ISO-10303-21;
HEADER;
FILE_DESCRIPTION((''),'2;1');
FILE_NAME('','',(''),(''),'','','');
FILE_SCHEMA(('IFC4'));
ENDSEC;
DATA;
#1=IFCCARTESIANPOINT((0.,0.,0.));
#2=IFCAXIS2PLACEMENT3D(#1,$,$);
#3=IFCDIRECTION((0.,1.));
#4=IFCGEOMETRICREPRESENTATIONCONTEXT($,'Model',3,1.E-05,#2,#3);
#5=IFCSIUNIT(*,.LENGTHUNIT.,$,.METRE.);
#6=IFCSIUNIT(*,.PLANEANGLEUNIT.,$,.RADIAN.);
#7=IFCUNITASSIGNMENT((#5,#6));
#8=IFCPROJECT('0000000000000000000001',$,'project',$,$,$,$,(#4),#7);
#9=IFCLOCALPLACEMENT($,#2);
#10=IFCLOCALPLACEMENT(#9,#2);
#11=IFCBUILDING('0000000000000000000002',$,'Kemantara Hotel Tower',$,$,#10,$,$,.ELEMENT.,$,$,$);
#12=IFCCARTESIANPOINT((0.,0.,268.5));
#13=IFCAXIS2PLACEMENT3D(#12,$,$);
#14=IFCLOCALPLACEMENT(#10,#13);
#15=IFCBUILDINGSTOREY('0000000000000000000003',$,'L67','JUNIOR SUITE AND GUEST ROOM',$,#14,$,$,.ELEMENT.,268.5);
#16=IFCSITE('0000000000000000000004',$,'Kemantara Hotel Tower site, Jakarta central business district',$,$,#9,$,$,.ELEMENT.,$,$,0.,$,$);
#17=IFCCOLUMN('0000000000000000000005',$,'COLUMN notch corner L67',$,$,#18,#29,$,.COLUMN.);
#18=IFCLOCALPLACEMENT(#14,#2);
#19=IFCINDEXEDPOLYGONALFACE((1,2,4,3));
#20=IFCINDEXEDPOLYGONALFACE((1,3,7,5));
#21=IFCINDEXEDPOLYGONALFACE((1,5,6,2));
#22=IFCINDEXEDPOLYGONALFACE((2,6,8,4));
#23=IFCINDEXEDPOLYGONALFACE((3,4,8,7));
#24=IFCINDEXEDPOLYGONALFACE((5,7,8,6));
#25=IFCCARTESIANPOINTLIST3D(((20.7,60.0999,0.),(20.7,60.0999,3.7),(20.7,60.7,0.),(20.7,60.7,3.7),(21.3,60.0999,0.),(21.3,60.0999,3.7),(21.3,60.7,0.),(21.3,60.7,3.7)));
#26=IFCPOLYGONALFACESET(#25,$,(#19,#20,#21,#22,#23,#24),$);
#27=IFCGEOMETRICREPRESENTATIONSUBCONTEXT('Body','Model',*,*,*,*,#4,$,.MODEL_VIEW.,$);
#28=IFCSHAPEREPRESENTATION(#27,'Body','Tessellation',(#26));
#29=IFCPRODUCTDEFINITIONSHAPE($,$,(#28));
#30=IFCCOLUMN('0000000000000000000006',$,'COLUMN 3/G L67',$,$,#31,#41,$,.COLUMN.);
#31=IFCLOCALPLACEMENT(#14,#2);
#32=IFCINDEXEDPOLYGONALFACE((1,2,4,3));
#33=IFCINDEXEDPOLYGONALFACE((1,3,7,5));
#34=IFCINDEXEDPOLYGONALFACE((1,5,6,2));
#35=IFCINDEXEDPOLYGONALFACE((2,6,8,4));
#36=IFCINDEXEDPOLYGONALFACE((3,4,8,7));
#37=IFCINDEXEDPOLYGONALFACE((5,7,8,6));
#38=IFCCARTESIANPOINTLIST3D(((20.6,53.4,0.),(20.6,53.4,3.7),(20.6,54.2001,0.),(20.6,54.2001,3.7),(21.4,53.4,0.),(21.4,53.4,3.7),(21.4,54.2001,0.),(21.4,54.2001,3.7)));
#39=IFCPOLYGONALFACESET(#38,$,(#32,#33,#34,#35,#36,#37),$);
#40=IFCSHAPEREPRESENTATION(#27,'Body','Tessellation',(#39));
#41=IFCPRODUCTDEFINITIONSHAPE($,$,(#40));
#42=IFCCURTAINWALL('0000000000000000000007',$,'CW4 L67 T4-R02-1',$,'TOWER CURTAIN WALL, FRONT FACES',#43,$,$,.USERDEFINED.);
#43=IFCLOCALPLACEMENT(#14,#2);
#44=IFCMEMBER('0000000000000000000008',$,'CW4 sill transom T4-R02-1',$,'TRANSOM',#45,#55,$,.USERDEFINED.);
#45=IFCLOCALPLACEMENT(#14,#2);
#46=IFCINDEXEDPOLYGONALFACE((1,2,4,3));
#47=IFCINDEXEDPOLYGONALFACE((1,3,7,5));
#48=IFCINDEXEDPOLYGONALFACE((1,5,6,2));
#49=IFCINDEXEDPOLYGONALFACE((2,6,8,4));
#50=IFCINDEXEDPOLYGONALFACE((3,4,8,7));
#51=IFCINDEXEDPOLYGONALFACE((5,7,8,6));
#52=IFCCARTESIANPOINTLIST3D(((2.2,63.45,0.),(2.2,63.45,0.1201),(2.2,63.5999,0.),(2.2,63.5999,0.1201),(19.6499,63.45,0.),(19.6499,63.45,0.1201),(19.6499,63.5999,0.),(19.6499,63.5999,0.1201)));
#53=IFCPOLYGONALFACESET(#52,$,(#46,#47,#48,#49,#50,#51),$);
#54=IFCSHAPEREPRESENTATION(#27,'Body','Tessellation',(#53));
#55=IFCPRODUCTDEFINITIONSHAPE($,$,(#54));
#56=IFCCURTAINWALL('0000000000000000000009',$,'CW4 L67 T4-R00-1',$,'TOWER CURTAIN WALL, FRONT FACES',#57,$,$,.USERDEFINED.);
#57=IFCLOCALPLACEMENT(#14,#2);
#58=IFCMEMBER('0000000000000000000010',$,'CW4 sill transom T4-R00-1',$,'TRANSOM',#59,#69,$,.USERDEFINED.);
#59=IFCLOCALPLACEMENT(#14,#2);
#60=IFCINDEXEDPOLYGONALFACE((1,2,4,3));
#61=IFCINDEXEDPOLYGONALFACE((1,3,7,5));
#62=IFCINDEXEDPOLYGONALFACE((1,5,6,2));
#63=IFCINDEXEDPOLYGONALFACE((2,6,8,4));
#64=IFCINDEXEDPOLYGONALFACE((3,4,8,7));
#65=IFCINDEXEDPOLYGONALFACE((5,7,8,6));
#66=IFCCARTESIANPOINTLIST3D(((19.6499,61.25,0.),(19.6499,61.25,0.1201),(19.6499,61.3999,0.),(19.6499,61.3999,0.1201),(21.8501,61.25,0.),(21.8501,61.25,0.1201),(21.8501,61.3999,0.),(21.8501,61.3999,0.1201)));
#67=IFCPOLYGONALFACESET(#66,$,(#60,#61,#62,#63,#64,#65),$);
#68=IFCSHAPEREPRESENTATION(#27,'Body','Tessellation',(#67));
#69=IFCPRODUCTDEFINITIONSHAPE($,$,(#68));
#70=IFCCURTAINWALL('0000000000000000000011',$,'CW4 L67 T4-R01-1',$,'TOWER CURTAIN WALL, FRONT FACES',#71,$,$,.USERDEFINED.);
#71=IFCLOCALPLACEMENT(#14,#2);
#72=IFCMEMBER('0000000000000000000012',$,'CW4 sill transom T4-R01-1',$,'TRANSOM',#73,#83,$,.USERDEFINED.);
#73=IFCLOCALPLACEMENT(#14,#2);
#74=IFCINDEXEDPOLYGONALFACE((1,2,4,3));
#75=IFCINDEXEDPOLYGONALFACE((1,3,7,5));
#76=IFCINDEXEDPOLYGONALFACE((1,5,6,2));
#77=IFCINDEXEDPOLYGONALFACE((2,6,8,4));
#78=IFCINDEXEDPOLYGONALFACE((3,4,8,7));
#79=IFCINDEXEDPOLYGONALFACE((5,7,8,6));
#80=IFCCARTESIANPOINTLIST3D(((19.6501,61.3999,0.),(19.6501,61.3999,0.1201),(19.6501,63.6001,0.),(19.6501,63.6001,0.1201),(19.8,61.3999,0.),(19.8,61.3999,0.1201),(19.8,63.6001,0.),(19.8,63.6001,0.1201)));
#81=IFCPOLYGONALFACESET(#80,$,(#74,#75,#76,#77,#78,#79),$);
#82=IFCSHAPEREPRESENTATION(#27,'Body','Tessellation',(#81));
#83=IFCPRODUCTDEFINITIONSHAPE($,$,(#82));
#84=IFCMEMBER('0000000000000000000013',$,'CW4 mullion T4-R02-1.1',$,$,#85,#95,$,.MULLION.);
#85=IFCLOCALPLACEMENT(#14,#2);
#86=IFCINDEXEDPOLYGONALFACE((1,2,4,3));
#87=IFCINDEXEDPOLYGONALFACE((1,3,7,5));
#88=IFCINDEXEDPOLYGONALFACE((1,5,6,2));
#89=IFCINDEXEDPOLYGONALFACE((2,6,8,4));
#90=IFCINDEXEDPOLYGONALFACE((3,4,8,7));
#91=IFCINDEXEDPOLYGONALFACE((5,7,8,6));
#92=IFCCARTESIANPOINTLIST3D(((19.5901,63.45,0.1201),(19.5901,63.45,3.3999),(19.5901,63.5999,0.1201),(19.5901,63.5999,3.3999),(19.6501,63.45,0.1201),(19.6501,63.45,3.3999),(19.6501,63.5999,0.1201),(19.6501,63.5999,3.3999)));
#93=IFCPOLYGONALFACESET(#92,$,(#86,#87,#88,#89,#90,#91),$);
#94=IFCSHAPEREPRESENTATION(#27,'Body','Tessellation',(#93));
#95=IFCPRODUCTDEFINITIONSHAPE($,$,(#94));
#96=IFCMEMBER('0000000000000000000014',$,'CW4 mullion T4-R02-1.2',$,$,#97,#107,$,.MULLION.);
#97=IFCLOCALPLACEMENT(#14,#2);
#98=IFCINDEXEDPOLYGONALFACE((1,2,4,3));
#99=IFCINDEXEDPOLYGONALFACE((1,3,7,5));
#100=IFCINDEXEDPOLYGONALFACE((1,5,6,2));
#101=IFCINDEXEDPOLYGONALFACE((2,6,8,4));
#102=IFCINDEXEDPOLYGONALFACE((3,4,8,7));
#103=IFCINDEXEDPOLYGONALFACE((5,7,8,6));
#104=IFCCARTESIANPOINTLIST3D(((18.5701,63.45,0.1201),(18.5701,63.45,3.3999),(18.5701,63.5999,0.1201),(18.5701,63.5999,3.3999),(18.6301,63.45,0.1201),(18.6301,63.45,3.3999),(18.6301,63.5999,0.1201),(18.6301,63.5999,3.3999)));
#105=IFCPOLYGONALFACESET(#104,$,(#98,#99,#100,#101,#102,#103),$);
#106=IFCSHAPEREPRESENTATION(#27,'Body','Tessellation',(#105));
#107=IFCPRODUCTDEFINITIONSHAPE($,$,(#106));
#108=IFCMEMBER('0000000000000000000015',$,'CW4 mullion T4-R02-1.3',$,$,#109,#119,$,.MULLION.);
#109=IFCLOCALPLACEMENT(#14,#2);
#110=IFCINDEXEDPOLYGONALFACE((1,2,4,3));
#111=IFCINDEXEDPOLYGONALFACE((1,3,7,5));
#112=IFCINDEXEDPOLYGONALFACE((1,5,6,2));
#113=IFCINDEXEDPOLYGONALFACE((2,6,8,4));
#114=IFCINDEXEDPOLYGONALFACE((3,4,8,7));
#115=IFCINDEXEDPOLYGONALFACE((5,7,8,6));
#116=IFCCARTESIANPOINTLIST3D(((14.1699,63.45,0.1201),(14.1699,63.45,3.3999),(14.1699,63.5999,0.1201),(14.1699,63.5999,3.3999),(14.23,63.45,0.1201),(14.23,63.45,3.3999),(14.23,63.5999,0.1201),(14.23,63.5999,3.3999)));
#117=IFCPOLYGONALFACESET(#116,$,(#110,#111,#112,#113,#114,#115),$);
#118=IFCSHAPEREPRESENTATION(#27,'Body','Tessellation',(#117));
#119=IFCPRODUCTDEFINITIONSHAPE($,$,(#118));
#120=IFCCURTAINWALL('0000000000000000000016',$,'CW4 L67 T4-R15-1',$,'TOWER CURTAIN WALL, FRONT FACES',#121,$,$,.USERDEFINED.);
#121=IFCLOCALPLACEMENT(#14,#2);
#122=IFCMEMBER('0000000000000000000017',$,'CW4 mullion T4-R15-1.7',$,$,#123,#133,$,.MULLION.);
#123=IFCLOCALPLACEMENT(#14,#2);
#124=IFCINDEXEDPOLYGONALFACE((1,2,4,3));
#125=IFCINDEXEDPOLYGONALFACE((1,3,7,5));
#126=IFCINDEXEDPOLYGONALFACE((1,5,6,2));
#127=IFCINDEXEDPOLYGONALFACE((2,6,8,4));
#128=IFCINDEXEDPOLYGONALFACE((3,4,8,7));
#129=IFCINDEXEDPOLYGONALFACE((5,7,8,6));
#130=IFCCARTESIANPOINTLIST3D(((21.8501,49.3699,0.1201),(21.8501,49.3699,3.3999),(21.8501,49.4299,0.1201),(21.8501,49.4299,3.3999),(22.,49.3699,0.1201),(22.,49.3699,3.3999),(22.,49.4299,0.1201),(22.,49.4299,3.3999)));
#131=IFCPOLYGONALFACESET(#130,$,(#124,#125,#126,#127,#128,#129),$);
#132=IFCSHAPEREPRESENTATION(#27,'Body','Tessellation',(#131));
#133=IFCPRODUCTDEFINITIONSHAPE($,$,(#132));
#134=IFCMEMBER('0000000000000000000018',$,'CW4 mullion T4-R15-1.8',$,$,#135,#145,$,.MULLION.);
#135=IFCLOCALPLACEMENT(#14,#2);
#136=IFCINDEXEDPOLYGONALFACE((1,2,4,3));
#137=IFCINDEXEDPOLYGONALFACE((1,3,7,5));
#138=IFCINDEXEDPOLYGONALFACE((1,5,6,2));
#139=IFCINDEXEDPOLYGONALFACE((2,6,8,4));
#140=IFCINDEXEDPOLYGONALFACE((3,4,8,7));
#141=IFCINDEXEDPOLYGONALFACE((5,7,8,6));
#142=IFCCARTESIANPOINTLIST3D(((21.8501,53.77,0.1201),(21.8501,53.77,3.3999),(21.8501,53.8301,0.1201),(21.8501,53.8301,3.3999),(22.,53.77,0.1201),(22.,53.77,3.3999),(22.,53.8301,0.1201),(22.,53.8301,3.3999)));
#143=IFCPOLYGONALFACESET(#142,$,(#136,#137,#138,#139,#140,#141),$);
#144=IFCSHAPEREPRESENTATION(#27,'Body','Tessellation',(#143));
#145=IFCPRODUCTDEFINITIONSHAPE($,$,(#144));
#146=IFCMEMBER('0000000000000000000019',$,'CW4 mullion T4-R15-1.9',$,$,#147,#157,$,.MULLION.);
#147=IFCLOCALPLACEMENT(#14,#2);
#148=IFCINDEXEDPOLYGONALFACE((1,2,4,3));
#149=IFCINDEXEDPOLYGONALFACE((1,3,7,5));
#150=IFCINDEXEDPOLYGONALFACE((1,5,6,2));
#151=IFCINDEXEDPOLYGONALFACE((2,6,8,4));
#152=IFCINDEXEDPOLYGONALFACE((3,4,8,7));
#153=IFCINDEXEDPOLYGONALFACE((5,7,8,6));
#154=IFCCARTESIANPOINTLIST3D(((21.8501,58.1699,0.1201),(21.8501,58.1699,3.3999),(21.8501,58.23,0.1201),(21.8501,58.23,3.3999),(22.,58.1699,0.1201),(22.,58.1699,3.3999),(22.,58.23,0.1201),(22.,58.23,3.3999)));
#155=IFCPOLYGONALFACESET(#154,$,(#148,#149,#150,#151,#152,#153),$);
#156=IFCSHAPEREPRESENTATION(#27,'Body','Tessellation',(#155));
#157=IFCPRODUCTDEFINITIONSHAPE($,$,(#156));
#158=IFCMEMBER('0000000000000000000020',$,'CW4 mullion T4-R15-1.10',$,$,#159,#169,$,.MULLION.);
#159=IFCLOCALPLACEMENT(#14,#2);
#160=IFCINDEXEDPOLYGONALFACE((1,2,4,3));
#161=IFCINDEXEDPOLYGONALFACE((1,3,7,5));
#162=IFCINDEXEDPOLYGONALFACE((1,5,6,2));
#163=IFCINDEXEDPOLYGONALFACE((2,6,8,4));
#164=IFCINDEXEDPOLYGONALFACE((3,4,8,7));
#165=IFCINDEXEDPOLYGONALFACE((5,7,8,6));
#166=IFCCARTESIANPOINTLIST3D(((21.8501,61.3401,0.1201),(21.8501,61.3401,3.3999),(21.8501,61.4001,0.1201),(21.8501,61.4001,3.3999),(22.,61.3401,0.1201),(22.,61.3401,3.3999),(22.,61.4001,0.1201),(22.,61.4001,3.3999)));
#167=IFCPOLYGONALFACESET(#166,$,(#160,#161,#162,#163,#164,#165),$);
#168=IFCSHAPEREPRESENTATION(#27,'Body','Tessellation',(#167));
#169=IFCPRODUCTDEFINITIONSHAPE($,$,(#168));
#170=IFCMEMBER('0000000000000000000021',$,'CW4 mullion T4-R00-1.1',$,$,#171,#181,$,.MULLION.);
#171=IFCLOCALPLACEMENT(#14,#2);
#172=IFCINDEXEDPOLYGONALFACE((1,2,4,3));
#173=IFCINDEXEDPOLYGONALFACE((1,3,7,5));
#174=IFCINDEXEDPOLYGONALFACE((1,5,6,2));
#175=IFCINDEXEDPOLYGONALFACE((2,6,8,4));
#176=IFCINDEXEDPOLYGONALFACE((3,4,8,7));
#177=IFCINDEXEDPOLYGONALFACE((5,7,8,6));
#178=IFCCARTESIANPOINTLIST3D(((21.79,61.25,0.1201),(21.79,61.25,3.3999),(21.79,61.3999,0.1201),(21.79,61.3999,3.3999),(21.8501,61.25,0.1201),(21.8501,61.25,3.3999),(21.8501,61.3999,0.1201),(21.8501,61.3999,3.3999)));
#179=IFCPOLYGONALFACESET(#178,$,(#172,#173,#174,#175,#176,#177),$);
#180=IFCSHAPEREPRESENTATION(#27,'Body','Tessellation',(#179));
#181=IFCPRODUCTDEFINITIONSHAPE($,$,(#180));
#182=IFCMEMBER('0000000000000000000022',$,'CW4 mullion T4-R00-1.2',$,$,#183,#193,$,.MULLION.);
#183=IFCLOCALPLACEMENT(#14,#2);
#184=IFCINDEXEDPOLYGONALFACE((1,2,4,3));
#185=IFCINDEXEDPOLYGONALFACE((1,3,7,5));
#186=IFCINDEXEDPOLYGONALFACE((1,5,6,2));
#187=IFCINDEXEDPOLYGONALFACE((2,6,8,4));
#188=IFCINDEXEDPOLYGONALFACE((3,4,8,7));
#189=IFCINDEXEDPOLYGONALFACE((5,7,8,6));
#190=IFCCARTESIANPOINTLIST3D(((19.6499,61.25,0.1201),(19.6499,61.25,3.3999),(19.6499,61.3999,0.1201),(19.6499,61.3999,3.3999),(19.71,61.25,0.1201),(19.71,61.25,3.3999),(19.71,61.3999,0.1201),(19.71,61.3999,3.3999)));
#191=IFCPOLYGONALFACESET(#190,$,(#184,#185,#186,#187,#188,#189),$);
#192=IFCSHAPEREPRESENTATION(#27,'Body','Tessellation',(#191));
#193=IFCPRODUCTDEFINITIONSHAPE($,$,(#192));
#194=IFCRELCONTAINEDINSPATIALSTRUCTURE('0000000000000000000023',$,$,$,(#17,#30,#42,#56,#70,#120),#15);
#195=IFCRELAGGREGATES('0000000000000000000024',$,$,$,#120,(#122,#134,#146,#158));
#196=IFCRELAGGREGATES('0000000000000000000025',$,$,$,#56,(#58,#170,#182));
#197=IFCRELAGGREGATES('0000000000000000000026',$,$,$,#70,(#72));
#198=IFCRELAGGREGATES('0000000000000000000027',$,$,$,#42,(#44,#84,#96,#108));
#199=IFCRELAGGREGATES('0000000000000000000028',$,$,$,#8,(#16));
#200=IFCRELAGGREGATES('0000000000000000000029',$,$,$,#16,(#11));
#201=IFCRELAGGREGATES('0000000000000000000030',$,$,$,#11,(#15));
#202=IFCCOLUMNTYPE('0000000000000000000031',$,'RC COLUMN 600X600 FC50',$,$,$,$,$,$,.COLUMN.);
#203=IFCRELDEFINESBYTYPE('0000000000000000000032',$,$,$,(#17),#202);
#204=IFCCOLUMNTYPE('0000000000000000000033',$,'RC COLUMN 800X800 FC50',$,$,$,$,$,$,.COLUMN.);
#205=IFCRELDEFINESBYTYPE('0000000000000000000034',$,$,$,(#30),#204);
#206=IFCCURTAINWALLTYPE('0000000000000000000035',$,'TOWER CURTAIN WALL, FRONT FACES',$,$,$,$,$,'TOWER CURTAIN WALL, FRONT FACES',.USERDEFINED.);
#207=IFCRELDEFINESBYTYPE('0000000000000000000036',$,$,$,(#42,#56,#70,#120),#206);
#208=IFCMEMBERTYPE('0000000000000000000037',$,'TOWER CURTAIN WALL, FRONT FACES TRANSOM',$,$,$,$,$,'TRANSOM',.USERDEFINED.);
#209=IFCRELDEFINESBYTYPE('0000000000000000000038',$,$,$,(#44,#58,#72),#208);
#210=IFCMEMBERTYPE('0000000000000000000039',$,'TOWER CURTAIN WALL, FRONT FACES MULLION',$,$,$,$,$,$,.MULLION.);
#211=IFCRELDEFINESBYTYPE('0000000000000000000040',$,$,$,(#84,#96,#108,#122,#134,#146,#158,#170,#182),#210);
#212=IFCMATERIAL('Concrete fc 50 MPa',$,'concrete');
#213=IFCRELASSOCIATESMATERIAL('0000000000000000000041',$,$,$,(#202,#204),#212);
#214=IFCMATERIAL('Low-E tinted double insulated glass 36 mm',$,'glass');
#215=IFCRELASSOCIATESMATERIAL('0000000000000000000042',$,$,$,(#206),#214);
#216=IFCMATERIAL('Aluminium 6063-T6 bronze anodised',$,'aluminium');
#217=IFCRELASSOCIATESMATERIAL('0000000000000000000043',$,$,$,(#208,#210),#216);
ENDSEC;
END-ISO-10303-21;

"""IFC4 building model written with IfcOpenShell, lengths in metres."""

from ifc_helpers import new_model, si_unit, direction, frame, origin, origin_2d, place, context, subcontext, project, spatial, rectangle, extrude, source, transform, mapped, material, material_profile, profile_set, type_object, element, aggregate, save


model = new_model("IFC4")

# Units and contexts
model_context = context("Model", 3, precision=1e-05, world=origin(), true_north=direction((0.0, 1.0)))
body_context = subcontext(model_context, "Body", "Model", "MODEL_VIEW")
ifc_project = project(units=[si_unit("LENGTHUNIT", "METRE"), si_unit("PLANEANGLEUNIT", "RADIAN")], contexts=[model_context])

# Site, building, storey
site_placement = place(None, origin())
site = spatial("IfcSite", under=ifc_project, at=site_placement, Name="Kemantara Hotel Tower site, Jakarta central business district", CompositionType="ELEMENT", RefElevation=0.0)
building_placement = place(site_placement, origin())
building = spatial("IfcBuilding", under=site, at=building_placement, Name="Kemantara Hotel Tower", CompositionType="ELEMENT")
storey_placement = place(building_placement, frame((0.0, 0.0, 268.5)))
storey = spatial("IfcBuildingStorey", under=building, at=storey_placement, Name="L67", Description="JUNIOR SUITE AND GUEST ROOM", CompositionType="ELEMENT", Elevation=268.5)

# Columns
ifc_material_1 = material(Name="Concrete fc 50 MPa", Category="concrete")
ifc_material_profile_1 = material_profile(ifc_material_1, rectangle(XDim=0.6001, YDim=0.6001, at=origin_2d()), Name="RC 600X600")
ifc_profile_set_1 = profile_set([ifc_material_profile_1], Name="Concrete fc 50 MPa")
column_type_1 = type_object("IfcColumnType", Name="RC COLUMN 600X600 FC50", PredefinedType="COLUMN", material=ifc_profile_set_1)
column_1_placement = place(storey_placement, frame((21.0, 60.3999, 0.0), z_axis=(0.0, 0.0, 1.0), x_axis=(1.0, 0.0, 0.0)))
element("IfcColumn", 1, at=column_1_placement, inside=storey, type_object=column_type_1, Name="COLUMN notch corner L67", PredefinedType="COLUMN", context=body_context, shape_type="SweptSolid", body=[
    extrude(rectangle(XDim=0.6001, YDim=0.6001, at=origin_2d()), origin(), (0.0, 0.0, 1.0), 3.7),
])
ifc_material_profile_2 = material_profile(ifc_material_1, rectangle(XDim=0.8, YDim=0.8, at=origin_2d()), Name="RC 800X800")
ifc_profile_set_2 = profile_set([ifc_material_profile_2], Name="Concrete fc 50 MPa")
column_type_2 = type_object("IfcColumnType", Name="RC COLUMN 800X800 FC50", PredefinedType="COLUMN", material=ifc_profile_set_2)
column_2_placement = place(storey_placement, frame((21.0, 53.8, 0.0), z_axis=(0.0, 0.0, 1.0), x_axis=(1.0, 0.0, 0.0)))
element("IfcColumn", 2, at=column_2_placement, inside=storey, type_object=column_type_2, Name="COLUMN 3/G L67", PredefinedType="COLUMN", context=body_context, shape_type="SweptSolid", body=[
    extrude(rectangle(XDim=0.8, YDim=0.8, at=origin_2d()), origin(), (0.0, 0.0, 1.0), 3.7),
])

# Curtain walls, members
ifc_material_2 = material(Name="Low-E tinted double insulated glass 36 mm", Category="glass")
curtain_wall_type = type_object("IfcCurtainWallType", Name="TOWER CURTAIN WALL, FRONT FACES", ElementType="TOWER CURTAIN WALL, FRONT FACES", PredefinedType="USERDEFINED", material=ifc_material_2)
curtain_wall_1_placement = place(storey_placement, origin())
curtain_wall_1 = element("IfcCurtainWall", 3, at=curtain_wall_1_placement, inside=storey, type_object=curtain_wall_type, Name="CW4 L67 T4-R02-1", ObjectType="TOWER CURTAIN WALL, FRONT FACES", PredefinedType="USERDEFINED")
ifc_material_3 = material(Name="Aluminium 6063-T6 bronze anodised", Category="aluminium")
ifc_material_profile_3 = material_profile(ifc_material_3, rectangle(XDim=0.1499, YDim=0.1201, at=origin_2d()), Name="TOWER CURTAIN WALL, FRONT FACES TRANSOM")
ifc_profile_set_3 = profile_set([ifc_material_profile_3], Name="Aluminium 6063-T6 bronze anodised")
member_type_1 = type_object("IfcMemberType", Name="TOWER CURTAIN WALL, FRONT FACES TRANSOM", ElementType="TRANSOM", PredefinedType="USERDEFINED", material=ifc_profile_set_3)
member_1_placement = place(storey_placement, frame((19.6499, 63.5249, 0.0601), z_axis=(-1.0, 0.0, 0.0), x_axis=(0.0, -1.0, 0.0)))
member_1 = element("IfcMember", 4, at=member_1_placement, type_object=member_type_1, Name="CW4 sill transom T4-R02-1", ObjectType="TRANSOM", PredefinedType="USERDEFINED", context=body_context, shape_type="SweptSolid", body=[
    extrude(rectangle(XDim=0.1499, YDim=0.1201, at=origin_2d()), origin(), (0.0, 0.0, 1.0), 17.45),
])
curtain_wall_2_placement = place(storey_placement, origin())
curtain_wall_2 = element("IfcCurtainWall", 5, at=curtain_wall_2_placement, inside=storey, type_object=curtain_wall_type, Name="CW4 L67 T4-R00-1", ObjectType="TOWER CURTAIN WALL, FRONT FACES", PredefinedType="USERDEFINED")
member_2_placement = place(storey_placement, frame((21.8501, 61.325, 0.0601), z_axis=(-1.0, 0.0, 0.0), x_axis=(0.0, -1.0, 0.0)))
member_2 = element("IfcMember", 6, at=member_2_placement, type_object=member_type_1, Name="CW4 sill transom T4-R00-1", ObjectType="TRANSOM", PredefinedType="USERDEFINED", context=body_context, shape_type="SweptSolid", body=[
    extrude(rectangle(XDim=0.1499, YDim=0.1201, at=origin_2d()), origin(), (0.0, 0.0, 1.0), 2.2002),
])
curtain_wall_3_placement = place(storey_placement, origin())
curtain_wall_3 = element("IfcCurtainWall", 7, at=curtain_wall_3_placement, inside=storey, type_object=curtain_wall_type, Name="CW4 L67 T4-R01-1", ObjectType="TOWER CURTAIN WALL, FRONT FACES", PredefinedType="USERDEFINED")
member_3_placement = place(storey_placement, frame((19.7251, 61.3999, 0.0601), z_axis=(0.0, 1.0, 0.0), x_axis=(-1.0, 0.0, 0.0)))
member_3 = element("IfcMember", 8, at=member_3_placement, type_object=member_type_1, Name="CW4 sill transom T4-R01-1", ObjectType="TRANSOM", PredefinedType="USERDEFINED", context=body_context, shape_type="SweptSolid", body=[
    extrude(rectangle(XDim=0.1499, YDim=0.1201, at=origin_2d()), origin(), (0.0, 0.0, 1.0), 2.2002),
])

# Members
ifc_material_profile_4 = material_profile(ifc_material_3, rectangle(XDim=0.1499, YDim=0.0601, at=origin_2d()), Name="TOWER CURTAIN WALL, FRONT FACES MULLION")
ifc_profile_set_4 = profile_set([ifc_material_profile_4], Name="Aluminium 6063-T6 bronze anodised")
member_type_2 = type_object("IfcMemberType", Name="TOWER CURTAIN WALL, FRONT FACES MULLION", PredefinedType="MULLION", material=ifc_profile_set_4)
shared_shape_1 = source(origin(), body_context, "Body", "SweptSolid", [
    extrude(rectangle(XDim=0.1499, YDim=0.0601, at=origin_2d()), origin(), (0.0, 0.0, 1.0), 3.2798),
])
member_4_placement = place(storey_placement, frame((19.6201, 63.5249, 0.1201), z_axis=(0.0, 0.0, 1.0), x_axis=(0.0, -1.0, 0.0)))
member_4 = element("IfcMember", 9, at=member_4_placement, type_object=member_type_2, Name="CW4 mullion T4-R02-1.1", PredefinedType="MULLION", context=body_context, shape_type="MappedRepresentation", body=[
    mapped(shared_shape_1, transform((0.0, 0.0, 0.0))),
])
member_5_placement = place(storey_placement, frame((18.6001, 63.5249, 0.1201), z_axis=(0.0, 0.0, 1.0), x_axis=(0.0, -1.0, 0.0)))
member_5 = element("IfcMember", 10, at=member_5_placement, type_object=member_type_2, Name="CW4 mullion T4-R02-1.2", PredefinedType="MULLION", context=body_context, shape_type="MappedRepresentation", body=[
    mapped(shared_shape_1, transform((0.0, 0.0, 0.0))),
])
member_6_placement = place(storey_placement, frame((14.2, 63.5249, 0.1201), z_axis=(0.0, 0.0, 1.0), x_axis=(0.0, -1.0, 0.0)))
member_6 = element("IfcMember", 11, at=member_6_placement, type_object=member_type_2, Name="CW4 mullion T4-R02-1.3", PredefinedType="MULLION", context=body_context, shape_type="MappedRepresentation", body=[
    mapped(shared_shape_1, transform((0.0, 0.0, 0.0))),
])

# Curtain wall, members
curtain_wall_4_placement = place(storey_placement, origin())
curtain_wall_4 = element("IfcCurtainWall", 12, at=curtain_wall_4_placement, inside=storey, type_object=curtain_wall_type, Name="CW4 L67 T4-R15-1", ObjectType="TOWER CURTAIN WALL, FRONT FACES", PredefinedType="USERDEFINED")
member_7_placement = place(storey_placement, frame((21.925, 49.3999, 0.1201), z_axis=(0.0, 0.0, 1.0), x_axis=(-1.0, 0.0, 0.0)))
member_7 = element("IfcMember", 13, at=member_7_placement, type_object=member_type_2, Name="CW4 mullion T4-R15-1.7", PredefinedType="MULLION", context=body_context, shape_type="MappedRepresentation", body=[
    mapped(shared_shape_1, transform((0.0, 0.0, 0.0))),
])
member_8_placement = place(storey_placement, frame((21.925, 53.8, 0.1201), z_axis=(0.0, 0.0, 1.0), x_axis=(-1.0, 0.0, 0.0)))
member_8 = element("IfcMember", 14, at=member_8_placement, type_object=member_type_2, Name="CW4 mullion T4-R15-1.8", PredefinedType="MULLION", context=body_context, shape_type="MappedRepresentation", body=[
    mapped(shared_shape_1, transform((0.0, 0.0, 0.0))),
])
member_9_placement = place(storey_placement, frame((21.925, 58.2, 0.1201), z_axis=(0.0, 0.0, 1.0), x_axis=(-1.0, 0.0, 0.0)))
member_9 = element("IfcMember", 15, at=member_9_placement, type_object=member_type_2, Name="CW4 mullion T4-R15-1.9", PredefinedType="MULLION", context=body_context, shape_type="MappedRepresentation", body=[
    mapped(shared_shape_1, transform((0.0, 0.0, 0.0))),
])
member_10_placement = place(storey_placement, frame((21.925, 61.3701, 0.1201), z_axis=(0.0, 0.0, 1.0), x_axis=(-1.0, 0.0, 0.0)))
member_10 = element("IfcMember", 16, at=member_10_placement, type_object=member_type_2, Name="CW4 mullion T4-R15-1.10", PredefinedType="MULLION", context=body_context, shape_type="MappedRepresentation", body=[
    mapped(shared_shape_1, transform((0.0, 0.0, 0.0))),
])

# Members
member_11_placement = place(storey_placement, frame((21.8201, 61.325, 0.1201), z_axis=(0.0, 0.0, 1.0), x_axis=(0.0, -1.0, 0.0)))
member_11 = element("IfcMember", 17, at=member_11_placement, type_object=member_type_2, Name="CW4 mullion T4-R00-1.1", PredefinedType="MULLION", context=body_context, shape_type="MappedRepresentation", body=[
    mapped(shared_shape_1, transform((0.0, 0.0, 0.0))),
])
member_12_placement = place(storey_placement, frame((19.6799, 61.325, 0.1201), z_axis=(0.0, 0.0, 1.0), x_axis=(0.0, -1.0, 0.0)))
member_12 = element("IfcMember", 18, at=member_12_placement, type_object=member_type_2, Name="CW4 mullion T4-R00-1.2", PredefinedType="MULLION", context=body_context, shape_type="MappedRepresentation", body=[
    mapped(shared_shape_1, transform((0.0, 0.0, 0.0))),
])

aggregate(curtain_wall_4, [member_7, member_8, member_9, member_10])
aggregate(curtain_wall_2, [member_2, member_11, member_12])
aggregate(curtain_wall_3, [member_3])
aggregate(curtain_wall_1, [member_1, member_4, member_5, member_6])

save(model, "model.ifc")
